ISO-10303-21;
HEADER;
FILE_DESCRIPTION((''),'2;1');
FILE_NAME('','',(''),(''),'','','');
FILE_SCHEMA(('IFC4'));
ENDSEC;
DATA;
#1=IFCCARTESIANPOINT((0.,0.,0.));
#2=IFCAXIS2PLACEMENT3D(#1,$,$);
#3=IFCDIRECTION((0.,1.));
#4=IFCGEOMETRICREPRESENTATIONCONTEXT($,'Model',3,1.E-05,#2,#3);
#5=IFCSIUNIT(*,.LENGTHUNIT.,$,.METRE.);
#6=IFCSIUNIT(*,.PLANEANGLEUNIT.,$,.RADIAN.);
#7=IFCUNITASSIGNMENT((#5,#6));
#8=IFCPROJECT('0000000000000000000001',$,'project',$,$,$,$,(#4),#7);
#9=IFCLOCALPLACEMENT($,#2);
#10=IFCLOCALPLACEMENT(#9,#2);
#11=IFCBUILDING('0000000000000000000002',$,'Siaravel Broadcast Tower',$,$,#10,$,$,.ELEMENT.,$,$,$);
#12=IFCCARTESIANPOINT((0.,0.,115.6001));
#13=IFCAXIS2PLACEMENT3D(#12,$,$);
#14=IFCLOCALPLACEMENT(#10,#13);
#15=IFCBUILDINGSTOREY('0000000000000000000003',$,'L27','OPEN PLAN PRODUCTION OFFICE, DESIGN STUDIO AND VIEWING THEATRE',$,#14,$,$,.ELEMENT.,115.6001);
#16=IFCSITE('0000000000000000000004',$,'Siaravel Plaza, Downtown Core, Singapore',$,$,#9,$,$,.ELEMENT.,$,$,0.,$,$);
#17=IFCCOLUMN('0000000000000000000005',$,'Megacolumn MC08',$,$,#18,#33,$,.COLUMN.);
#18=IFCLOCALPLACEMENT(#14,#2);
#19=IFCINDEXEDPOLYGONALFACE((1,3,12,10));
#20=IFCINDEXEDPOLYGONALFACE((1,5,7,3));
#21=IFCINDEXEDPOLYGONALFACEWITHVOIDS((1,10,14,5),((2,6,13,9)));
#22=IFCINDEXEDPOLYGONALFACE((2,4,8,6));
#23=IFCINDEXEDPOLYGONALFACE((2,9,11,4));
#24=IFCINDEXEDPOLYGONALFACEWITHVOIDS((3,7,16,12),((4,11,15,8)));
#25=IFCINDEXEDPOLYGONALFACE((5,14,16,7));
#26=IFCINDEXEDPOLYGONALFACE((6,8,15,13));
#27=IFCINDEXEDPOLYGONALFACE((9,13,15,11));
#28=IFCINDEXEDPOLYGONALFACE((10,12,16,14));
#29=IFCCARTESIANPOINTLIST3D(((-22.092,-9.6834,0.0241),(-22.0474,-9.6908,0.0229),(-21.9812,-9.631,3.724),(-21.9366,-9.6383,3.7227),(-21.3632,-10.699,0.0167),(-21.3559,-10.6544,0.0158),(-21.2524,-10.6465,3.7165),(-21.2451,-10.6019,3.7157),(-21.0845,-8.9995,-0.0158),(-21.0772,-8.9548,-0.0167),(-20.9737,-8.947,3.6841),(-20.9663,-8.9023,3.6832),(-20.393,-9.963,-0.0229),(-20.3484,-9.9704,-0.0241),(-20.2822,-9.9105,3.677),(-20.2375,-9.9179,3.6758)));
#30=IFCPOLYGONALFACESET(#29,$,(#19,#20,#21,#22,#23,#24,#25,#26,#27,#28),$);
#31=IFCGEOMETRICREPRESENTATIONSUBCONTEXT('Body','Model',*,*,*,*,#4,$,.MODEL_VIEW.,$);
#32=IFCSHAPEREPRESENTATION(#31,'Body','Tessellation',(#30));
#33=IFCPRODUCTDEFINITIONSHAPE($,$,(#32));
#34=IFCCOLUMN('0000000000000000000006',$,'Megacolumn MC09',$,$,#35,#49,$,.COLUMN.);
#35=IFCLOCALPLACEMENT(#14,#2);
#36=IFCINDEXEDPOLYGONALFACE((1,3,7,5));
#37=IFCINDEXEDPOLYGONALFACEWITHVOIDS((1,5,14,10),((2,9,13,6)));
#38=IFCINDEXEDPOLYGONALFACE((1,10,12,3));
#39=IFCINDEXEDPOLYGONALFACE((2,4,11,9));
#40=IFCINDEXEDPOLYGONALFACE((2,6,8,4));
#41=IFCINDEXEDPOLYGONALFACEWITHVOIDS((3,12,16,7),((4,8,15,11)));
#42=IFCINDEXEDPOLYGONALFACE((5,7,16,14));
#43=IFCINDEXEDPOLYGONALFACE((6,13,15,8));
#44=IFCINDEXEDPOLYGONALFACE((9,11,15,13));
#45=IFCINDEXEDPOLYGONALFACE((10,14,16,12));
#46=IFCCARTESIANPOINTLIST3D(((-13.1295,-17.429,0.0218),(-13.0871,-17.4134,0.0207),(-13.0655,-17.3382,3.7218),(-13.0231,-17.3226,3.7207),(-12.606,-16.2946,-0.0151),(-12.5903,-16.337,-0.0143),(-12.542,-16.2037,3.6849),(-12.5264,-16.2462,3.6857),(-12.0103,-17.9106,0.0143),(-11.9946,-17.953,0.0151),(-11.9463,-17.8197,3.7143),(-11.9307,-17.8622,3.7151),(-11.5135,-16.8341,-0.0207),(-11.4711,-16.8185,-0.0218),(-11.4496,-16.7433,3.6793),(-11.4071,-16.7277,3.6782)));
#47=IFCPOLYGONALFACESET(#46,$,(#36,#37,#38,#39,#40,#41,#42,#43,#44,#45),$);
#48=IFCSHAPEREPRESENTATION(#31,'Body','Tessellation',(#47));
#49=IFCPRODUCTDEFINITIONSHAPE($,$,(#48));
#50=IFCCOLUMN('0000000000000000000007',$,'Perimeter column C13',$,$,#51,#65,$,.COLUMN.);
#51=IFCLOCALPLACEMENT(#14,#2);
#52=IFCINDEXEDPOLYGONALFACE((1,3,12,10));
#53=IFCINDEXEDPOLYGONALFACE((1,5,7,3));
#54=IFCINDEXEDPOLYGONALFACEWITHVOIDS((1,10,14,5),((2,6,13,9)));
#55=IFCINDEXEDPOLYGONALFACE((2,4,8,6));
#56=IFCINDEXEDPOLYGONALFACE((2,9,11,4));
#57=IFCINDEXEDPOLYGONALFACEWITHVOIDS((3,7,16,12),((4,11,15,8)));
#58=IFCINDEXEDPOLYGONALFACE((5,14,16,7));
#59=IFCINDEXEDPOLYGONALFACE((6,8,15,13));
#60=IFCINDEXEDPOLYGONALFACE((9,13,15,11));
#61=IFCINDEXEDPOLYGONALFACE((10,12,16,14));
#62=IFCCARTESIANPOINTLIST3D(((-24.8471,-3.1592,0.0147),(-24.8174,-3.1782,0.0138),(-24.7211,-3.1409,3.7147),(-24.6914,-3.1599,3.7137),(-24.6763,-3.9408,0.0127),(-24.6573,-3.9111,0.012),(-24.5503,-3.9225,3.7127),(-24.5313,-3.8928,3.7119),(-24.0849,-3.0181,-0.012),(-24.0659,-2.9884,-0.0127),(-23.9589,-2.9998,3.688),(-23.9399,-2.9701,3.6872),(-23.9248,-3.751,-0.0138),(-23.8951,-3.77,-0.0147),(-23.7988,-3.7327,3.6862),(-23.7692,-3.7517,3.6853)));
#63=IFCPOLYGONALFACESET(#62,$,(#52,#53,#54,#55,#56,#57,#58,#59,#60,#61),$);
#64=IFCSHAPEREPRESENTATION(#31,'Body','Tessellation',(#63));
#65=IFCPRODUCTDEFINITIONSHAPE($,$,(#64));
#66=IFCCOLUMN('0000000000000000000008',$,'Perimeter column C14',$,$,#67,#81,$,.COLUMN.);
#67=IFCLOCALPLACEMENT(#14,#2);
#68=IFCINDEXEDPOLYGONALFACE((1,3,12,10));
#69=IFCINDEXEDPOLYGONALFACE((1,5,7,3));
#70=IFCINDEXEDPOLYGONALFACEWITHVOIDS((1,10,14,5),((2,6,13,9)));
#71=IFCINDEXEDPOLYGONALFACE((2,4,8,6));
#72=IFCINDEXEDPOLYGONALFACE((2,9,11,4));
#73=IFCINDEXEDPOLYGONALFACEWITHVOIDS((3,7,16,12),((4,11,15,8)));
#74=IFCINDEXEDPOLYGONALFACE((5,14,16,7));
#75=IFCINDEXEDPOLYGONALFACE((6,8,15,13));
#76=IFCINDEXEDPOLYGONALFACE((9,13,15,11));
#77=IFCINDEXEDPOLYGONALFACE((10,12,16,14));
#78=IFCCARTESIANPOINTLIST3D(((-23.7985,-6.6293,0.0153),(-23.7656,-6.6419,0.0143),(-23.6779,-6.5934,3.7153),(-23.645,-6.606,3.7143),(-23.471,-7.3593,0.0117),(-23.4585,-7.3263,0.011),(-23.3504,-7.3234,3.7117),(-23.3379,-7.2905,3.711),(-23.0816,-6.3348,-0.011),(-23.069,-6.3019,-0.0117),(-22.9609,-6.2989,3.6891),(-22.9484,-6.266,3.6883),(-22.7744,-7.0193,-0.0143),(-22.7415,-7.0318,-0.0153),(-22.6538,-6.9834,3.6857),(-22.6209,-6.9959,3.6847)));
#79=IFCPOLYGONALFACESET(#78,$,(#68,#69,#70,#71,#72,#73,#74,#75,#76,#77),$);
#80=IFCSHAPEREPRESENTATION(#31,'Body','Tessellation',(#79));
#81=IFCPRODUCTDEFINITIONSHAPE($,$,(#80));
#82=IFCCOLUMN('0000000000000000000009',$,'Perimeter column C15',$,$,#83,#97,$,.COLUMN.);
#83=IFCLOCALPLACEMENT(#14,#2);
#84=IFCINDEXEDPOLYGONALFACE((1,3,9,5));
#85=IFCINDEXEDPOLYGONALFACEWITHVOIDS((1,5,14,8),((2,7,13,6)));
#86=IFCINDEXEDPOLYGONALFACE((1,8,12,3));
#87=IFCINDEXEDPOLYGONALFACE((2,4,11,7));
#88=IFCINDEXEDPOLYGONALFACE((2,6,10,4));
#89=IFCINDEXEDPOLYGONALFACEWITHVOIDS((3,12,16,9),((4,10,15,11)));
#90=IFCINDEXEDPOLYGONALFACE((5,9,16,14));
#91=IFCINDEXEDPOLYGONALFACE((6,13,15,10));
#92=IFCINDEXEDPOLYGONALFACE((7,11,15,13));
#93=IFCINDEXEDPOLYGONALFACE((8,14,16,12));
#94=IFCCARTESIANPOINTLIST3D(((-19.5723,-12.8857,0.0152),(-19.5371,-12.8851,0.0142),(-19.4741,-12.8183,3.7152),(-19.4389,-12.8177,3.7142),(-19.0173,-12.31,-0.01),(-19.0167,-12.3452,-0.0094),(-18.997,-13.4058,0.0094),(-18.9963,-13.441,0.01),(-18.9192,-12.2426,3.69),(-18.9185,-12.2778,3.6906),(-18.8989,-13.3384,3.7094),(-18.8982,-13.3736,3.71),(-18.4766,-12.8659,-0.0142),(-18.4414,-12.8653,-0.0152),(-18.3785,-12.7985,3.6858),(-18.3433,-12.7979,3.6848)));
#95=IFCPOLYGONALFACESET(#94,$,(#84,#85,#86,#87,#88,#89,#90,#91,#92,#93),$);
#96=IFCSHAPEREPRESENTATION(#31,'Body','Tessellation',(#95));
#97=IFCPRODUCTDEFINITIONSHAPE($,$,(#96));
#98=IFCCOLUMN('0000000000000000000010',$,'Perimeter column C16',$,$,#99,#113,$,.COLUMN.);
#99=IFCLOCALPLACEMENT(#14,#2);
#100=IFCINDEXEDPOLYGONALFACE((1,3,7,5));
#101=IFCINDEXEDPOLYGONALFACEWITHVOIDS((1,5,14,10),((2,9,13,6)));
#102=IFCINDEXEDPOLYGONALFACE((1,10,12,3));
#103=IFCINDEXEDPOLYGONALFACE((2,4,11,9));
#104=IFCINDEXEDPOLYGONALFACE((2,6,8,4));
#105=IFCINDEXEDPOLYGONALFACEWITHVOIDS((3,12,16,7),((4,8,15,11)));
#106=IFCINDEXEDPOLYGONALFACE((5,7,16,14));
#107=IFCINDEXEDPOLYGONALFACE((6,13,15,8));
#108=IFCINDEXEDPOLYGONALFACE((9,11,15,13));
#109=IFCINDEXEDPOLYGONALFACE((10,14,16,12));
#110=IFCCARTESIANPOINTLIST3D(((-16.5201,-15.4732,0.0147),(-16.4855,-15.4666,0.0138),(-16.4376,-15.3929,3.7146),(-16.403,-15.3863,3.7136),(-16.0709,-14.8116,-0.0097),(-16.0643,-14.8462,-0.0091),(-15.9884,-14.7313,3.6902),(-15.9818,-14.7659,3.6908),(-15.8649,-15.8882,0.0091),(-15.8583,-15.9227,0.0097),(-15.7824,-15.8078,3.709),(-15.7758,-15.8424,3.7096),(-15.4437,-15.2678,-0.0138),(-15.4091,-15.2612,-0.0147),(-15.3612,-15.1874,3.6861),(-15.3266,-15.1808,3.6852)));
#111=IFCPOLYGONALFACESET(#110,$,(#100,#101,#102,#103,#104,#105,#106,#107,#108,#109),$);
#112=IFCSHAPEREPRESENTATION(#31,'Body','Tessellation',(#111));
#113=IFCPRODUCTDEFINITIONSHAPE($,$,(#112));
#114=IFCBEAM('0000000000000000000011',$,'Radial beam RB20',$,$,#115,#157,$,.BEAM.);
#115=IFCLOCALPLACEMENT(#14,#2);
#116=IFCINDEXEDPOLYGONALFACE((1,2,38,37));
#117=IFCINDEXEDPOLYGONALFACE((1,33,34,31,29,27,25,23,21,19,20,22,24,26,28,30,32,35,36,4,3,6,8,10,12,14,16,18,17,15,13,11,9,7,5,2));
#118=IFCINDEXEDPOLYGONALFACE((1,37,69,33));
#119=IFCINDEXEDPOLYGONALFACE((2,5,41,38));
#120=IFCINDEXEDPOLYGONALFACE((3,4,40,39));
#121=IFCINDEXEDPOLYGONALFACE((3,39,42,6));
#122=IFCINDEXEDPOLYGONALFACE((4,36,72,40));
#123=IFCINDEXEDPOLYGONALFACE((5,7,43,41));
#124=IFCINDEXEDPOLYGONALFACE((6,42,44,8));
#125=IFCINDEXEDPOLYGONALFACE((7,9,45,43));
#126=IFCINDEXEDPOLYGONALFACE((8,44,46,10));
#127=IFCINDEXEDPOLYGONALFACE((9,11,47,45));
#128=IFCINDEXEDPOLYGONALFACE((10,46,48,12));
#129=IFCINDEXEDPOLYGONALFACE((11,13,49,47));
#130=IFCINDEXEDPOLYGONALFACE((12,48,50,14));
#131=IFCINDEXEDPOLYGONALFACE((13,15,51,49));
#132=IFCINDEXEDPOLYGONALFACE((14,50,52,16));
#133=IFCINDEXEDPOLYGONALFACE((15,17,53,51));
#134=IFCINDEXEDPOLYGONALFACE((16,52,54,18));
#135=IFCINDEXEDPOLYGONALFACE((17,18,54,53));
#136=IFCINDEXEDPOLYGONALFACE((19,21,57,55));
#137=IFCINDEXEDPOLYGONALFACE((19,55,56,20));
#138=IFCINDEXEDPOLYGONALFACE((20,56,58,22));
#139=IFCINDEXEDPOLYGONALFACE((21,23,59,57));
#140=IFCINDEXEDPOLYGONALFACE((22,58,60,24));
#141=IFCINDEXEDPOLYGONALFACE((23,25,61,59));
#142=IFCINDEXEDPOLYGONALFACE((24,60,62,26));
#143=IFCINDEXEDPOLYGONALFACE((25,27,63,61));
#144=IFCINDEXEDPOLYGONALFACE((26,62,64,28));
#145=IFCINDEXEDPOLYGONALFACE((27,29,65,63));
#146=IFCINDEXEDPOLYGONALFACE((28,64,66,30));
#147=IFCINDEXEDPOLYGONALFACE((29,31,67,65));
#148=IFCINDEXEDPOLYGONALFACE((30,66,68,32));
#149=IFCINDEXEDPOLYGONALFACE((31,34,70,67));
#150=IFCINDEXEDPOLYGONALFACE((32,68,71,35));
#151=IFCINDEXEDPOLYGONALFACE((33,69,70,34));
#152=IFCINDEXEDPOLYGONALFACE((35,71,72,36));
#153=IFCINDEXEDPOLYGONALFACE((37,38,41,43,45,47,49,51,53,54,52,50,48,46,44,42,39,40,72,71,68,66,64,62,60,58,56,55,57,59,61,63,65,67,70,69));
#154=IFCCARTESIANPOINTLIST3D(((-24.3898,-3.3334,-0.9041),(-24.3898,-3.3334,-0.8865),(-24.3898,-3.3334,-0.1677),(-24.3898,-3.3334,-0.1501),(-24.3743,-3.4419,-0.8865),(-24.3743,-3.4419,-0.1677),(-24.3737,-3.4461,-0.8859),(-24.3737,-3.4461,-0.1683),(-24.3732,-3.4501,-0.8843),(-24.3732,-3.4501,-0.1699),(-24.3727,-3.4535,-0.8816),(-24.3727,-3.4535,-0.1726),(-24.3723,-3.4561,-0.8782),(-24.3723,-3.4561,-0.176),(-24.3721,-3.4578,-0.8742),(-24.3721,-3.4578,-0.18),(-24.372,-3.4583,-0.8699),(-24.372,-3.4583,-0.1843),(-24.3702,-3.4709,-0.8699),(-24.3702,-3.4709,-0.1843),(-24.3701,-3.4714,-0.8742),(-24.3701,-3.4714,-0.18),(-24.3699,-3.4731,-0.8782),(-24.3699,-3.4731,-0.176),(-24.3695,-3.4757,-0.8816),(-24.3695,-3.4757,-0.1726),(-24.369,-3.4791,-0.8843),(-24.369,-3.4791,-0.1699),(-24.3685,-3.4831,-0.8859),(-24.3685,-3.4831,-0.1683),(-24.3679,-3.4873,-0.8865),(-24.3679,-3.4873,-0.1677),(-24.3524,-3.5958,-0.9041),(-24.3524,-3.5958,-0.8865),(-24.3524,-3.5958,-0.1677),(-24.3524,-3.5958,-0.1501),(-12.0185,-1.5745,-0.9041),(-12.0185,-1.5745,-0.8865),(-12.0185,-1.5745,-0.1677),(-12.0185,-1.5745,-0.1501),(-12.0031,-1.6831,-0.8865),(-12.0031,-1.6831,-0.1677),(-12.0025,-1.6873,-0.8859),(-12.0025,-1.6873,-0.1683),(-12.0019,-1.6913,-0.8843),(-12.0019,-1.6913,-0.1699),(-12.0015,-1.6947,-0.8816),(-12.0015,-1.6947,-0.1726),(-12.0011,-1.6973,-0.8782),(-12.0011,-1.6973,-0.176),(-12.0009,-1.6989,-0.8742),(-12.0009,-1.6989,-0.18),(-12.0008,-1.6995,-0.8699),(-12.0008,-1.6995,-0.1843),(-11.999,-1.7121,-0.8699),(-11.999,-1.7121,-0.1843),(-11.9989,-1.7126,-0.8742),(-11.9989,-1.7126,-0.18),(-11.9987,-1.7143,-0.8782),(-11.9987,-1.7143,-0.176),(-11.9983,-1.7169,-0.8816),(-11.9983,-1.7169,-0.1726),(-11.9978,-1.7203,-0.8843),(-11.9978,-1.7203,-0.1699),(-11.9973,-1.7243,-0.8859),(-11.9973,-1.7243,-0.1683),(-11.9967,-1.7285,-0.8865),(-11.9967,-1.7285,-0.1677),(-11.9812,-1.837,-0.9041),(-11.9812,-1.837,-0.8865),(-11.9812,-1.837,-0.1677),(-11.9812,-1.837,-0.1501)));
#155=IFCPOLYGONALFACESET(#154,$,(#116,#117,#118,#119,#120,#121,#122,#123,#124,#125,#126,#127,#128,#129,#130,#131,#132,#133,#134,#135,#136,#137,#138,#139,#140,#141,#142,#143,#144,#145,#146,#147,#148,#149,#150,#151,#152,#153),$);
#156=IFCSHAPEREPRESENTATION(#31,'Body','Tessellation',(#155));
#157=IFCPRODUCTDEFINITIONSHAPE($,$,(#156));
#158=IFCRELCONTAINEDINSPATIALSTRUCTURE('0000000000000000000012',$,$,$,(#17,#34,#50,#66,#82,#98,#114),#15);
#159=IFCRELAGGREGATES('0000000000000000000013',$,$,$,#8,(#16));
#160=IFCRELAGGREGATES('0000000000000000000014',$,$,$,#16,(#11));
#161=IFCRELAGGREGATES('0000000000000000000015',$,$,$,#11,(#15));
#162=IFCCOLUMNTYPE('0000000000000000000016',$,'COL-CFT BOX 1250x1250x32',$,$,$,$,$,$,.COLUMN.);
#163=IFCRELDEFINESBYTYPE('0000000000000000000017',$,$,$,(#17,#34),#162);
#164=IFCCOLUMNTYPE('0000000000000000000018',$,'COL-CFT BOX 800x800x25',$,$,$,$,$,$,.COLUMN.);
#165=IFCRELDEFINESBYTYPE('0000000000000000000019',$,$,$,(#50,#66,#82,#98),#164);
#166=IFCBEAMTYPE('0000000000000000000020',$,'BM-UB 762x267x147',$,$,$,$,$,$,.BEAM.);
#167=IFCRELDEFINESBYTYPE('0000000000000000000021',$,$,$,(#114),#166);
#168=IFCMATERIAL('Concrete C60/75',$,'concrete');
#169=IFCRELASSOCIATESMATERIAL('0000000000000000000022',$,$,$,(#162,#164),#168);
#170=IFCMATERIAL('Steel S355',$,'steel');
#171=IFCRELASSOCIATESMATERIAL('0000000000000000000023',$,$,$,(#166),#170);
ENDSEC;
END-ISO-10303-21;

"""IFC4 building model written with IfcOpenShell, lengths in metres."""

from ifc_helpers import new_model, si_unit, direction, frame, origin, origin_2d, place, context, subcontext, project, spatial, hollow_rectangle, i_section, extrude, material, material_profile, profile_set, type_object, element, save


model = new_model("IFC4")

# Units and contexts
model_context = context("Model", 3, precision=1e-05, world=origin(), true_north=direction((0.0, 1.0)))
body_context = subcontext(model_context, "Body", "Model", "MODEL_VIEW")
ifc_project = project(units=[si_unit("LENGTHUNIT", "METRE"), si_unit("PLANEANGLEUNIT", "RADIAN")], contexts=[model_context])

# Site, building, storey
site_placement = place(None, origin())
site = spatial("IfcSite", under=ifc_project, at=site_placement, Name="Siaravel Plaza, Downtown Core, Singapore", CompositionType="ELEMENT", RefElevation=0.0)
building_placement = place(site_placement, origin())
building = spatial("IfcBuilding", under=site, at=building_placement, Name="Siaravel Broadcast Tower", CompositionType="ELEMENT")
storey_placement = place(building_placement, frame((0.0, 0.0, 115.6001)))
storey = spatial("IfcBuildingStorey", under=building, at=storey_placement, Name="L27", Description="OPEN PLAN PRODUCTION OFFICE, DESIGN STUDIO AND VIEWING THEATRE", CompositionType="ELEMENT", Elevation=115.6001)

# Columns
ifc_material_1 = material(Name="Concrete C60/75", Category="concrete")
ifc_material_profile_1 = material_profile(ifc_material_1, hollow_rectangle(XDim=1.25, YDim=1.25, WallThickness=0.032, at=origin_2d()))
ifc_profile_set_1 = profile_set([ifc_material_profile_1], Name="Concrete C60/75")
column_type_1 = type_object("IfcColumnType", Name="COL-CFT BOX 1250x1250x32", PredefinedType="COLUMN", material=ifc_profile_set_1)
column_1_placement = place(storey_placement, frame((-21.2202, -9.8269, 0.0), z_axis=(0.029941, 0.014179, 0.999451), x_axis=(-0.583038, 0.812423, 0.00594)))
element("IfcColumn", 1, at=column_1_placement, inside=storey, type_object=column_type_1, Name="Megacolumn MC08", PredefinedType="COLUMN", context=body_context, shape_type="SweptSolid", body=[
    extrude(hollow_rectangle(XDim=1.25, YDim=1.25, WallThickness=0.032, at=origin_2d()), origin(), (0.0, 0.0, 1.0), 3.7019),
])
column_2_placement = place(storey_placement, frame((-12.3003, -17.1238, 0.0), z_axis=(0.01728, 0.024535, 0.99955), x_axis=(-0.907898, 0.419155, 0.005407)))
element("IfcColumn", 2, at=column_2_placement, inside=storey, type_object=column_type_1, Name="Megacolumn MC09", PredefinedType="COLUMN", context=body_context, shape_type="SweptSolid", body=[
    extrude(hollow_rectangle(XDim=1.25, YDim=1.25, WallThickness=0.032, at=origin_2d()), origin(), (0.0, 0.0, 1.0), 3.7017),
])
ifc_material_profile_2 = material_profile(ifc_material_1, hollow_rectangle(XDim=0.8, YDim=0.8, WallThickness=0.0249, at=origin_2d()))
ifc_profile_set_2 = profile_set([ifc_material_profile_2], Name="Concrete C60/75")
column_type_2 = type_object("IfcColumnType", Name="COL-CFT BOX 800x800x25", PredefinedType="COLUMN", material=ifc_profile_set_2)
for number, where, z_axis, x_axis, name in (
    (3, (-24.3711, -3.4646, 0.0), (0.034028, 0.004946, 0.999409), (-0.213466, 0.976948, 0.002433), "Perimeter column C13"),
    (4, (-23.27, -6.8306, 0.0), (0.032578, 0.009694, 0.999422), (-0.40938, 0.912353, 0.004495), "Perimeter column C14"),
):
    element("IfcColumn", number, at=place(storey_placement, frame(where, z_axis=z_axis, x_axis=x_axis)), inside=storey, type_object=column_type_2, Name=name, PredefinedType="COLUMN", context=body_context, shape_type="SweptSolid", body=[
        extrude(hollow_rectangle(XDim=0.8, YDim=0.8, WallThickness=0.0249, at=origin_2d()), origin(), (0.0, 0.0, 1.0), 3.7021),
    ])
column_3_placement = place(storey_placement, frame((-19.0068, -12.8755, 0.0), z_axis=(0.026512, 0.018202, 0.999483), x_axis=(-0.719851, 0.694099, 0.006454)))
element("IfcColumn", 5, at=column_3_placement, inside=storey, type_object=column_type_2, Name="Perimeter column C15", PredefinedType="COLUMN", context=body_context, shape_type="SweptSolid", body=[
    extrude(hollow_rectangle(XDim=0.8, YDim=0.8, WallThickness=0.0249, at=origin_2d()), origin(), (0.0, 0.0, 1.0), 3.7019),
])
column_4_placement = place(storey_placement, frame((-15.9646, -15.3672, 0.0), z_axis=(0.022292, 0.021698, 0.999516), x_axis=(-0.827187, 0.561892, 0.006251)))
element("IfcColumn", 6, at=column_4_placement, inside=storey, type_object=column_type_2, Name="Perimeter column C16", PredefinedType="COLUMN", context=body_context, shape_type="SweptSolid", body=[
    extrude(hollow_rectangle(XDim=0.8, YDim=0.8, WallThickness=0.0249, at=origin_2d()), origin(), (0.0, 0.0, 1.0), 3.7017),
])

# Beam
ifc_material_2 = material(Name="Steel S355", Category="steel")
ifc_material_profile_3 = material_profile(ifc_material_2, i_section(OverallWidth=0.2651, OverallDepth=0.7539, WebThickness=0.0127, FlangeThickness=0.0176, FilletRadius=0.0166, at=origin_2d()))
ifc_profile_set_3 = profile_set([ifc_material_profile_3], Name="Steel S355")
beam_type = type_object("IfcBeamType", Name="BM-UB 762x267x147", PredefinedType="BEAM", material=ifc_profile_set_3)
beam_1_placement = place(storey_placement, frame((-24.3711, -3.4646, -0.5271), z_axis=(0.990045, 0.140754, 0.0), x_axis=(-0.140754, 0.990045, 0.0)))
element("IfcBeam", 7, at=beam_1_placement, inside=storey, type_object=beam_type, Name="Radial beam RB20", PredefinedType="BEAM", context=body_context, shape_type="SweptSolid", body=[
    extrude(i_section(OverallWidth=0.2651, OverallDepth=0.7539, WebThickness=0.0127, FlangeThickness=0.0176, FilletRadius=0.0166, at=origin_2d()), origin(), (0.0, 0.0, 1.0), 12.4956),
])

save(model, "model.ifc")
